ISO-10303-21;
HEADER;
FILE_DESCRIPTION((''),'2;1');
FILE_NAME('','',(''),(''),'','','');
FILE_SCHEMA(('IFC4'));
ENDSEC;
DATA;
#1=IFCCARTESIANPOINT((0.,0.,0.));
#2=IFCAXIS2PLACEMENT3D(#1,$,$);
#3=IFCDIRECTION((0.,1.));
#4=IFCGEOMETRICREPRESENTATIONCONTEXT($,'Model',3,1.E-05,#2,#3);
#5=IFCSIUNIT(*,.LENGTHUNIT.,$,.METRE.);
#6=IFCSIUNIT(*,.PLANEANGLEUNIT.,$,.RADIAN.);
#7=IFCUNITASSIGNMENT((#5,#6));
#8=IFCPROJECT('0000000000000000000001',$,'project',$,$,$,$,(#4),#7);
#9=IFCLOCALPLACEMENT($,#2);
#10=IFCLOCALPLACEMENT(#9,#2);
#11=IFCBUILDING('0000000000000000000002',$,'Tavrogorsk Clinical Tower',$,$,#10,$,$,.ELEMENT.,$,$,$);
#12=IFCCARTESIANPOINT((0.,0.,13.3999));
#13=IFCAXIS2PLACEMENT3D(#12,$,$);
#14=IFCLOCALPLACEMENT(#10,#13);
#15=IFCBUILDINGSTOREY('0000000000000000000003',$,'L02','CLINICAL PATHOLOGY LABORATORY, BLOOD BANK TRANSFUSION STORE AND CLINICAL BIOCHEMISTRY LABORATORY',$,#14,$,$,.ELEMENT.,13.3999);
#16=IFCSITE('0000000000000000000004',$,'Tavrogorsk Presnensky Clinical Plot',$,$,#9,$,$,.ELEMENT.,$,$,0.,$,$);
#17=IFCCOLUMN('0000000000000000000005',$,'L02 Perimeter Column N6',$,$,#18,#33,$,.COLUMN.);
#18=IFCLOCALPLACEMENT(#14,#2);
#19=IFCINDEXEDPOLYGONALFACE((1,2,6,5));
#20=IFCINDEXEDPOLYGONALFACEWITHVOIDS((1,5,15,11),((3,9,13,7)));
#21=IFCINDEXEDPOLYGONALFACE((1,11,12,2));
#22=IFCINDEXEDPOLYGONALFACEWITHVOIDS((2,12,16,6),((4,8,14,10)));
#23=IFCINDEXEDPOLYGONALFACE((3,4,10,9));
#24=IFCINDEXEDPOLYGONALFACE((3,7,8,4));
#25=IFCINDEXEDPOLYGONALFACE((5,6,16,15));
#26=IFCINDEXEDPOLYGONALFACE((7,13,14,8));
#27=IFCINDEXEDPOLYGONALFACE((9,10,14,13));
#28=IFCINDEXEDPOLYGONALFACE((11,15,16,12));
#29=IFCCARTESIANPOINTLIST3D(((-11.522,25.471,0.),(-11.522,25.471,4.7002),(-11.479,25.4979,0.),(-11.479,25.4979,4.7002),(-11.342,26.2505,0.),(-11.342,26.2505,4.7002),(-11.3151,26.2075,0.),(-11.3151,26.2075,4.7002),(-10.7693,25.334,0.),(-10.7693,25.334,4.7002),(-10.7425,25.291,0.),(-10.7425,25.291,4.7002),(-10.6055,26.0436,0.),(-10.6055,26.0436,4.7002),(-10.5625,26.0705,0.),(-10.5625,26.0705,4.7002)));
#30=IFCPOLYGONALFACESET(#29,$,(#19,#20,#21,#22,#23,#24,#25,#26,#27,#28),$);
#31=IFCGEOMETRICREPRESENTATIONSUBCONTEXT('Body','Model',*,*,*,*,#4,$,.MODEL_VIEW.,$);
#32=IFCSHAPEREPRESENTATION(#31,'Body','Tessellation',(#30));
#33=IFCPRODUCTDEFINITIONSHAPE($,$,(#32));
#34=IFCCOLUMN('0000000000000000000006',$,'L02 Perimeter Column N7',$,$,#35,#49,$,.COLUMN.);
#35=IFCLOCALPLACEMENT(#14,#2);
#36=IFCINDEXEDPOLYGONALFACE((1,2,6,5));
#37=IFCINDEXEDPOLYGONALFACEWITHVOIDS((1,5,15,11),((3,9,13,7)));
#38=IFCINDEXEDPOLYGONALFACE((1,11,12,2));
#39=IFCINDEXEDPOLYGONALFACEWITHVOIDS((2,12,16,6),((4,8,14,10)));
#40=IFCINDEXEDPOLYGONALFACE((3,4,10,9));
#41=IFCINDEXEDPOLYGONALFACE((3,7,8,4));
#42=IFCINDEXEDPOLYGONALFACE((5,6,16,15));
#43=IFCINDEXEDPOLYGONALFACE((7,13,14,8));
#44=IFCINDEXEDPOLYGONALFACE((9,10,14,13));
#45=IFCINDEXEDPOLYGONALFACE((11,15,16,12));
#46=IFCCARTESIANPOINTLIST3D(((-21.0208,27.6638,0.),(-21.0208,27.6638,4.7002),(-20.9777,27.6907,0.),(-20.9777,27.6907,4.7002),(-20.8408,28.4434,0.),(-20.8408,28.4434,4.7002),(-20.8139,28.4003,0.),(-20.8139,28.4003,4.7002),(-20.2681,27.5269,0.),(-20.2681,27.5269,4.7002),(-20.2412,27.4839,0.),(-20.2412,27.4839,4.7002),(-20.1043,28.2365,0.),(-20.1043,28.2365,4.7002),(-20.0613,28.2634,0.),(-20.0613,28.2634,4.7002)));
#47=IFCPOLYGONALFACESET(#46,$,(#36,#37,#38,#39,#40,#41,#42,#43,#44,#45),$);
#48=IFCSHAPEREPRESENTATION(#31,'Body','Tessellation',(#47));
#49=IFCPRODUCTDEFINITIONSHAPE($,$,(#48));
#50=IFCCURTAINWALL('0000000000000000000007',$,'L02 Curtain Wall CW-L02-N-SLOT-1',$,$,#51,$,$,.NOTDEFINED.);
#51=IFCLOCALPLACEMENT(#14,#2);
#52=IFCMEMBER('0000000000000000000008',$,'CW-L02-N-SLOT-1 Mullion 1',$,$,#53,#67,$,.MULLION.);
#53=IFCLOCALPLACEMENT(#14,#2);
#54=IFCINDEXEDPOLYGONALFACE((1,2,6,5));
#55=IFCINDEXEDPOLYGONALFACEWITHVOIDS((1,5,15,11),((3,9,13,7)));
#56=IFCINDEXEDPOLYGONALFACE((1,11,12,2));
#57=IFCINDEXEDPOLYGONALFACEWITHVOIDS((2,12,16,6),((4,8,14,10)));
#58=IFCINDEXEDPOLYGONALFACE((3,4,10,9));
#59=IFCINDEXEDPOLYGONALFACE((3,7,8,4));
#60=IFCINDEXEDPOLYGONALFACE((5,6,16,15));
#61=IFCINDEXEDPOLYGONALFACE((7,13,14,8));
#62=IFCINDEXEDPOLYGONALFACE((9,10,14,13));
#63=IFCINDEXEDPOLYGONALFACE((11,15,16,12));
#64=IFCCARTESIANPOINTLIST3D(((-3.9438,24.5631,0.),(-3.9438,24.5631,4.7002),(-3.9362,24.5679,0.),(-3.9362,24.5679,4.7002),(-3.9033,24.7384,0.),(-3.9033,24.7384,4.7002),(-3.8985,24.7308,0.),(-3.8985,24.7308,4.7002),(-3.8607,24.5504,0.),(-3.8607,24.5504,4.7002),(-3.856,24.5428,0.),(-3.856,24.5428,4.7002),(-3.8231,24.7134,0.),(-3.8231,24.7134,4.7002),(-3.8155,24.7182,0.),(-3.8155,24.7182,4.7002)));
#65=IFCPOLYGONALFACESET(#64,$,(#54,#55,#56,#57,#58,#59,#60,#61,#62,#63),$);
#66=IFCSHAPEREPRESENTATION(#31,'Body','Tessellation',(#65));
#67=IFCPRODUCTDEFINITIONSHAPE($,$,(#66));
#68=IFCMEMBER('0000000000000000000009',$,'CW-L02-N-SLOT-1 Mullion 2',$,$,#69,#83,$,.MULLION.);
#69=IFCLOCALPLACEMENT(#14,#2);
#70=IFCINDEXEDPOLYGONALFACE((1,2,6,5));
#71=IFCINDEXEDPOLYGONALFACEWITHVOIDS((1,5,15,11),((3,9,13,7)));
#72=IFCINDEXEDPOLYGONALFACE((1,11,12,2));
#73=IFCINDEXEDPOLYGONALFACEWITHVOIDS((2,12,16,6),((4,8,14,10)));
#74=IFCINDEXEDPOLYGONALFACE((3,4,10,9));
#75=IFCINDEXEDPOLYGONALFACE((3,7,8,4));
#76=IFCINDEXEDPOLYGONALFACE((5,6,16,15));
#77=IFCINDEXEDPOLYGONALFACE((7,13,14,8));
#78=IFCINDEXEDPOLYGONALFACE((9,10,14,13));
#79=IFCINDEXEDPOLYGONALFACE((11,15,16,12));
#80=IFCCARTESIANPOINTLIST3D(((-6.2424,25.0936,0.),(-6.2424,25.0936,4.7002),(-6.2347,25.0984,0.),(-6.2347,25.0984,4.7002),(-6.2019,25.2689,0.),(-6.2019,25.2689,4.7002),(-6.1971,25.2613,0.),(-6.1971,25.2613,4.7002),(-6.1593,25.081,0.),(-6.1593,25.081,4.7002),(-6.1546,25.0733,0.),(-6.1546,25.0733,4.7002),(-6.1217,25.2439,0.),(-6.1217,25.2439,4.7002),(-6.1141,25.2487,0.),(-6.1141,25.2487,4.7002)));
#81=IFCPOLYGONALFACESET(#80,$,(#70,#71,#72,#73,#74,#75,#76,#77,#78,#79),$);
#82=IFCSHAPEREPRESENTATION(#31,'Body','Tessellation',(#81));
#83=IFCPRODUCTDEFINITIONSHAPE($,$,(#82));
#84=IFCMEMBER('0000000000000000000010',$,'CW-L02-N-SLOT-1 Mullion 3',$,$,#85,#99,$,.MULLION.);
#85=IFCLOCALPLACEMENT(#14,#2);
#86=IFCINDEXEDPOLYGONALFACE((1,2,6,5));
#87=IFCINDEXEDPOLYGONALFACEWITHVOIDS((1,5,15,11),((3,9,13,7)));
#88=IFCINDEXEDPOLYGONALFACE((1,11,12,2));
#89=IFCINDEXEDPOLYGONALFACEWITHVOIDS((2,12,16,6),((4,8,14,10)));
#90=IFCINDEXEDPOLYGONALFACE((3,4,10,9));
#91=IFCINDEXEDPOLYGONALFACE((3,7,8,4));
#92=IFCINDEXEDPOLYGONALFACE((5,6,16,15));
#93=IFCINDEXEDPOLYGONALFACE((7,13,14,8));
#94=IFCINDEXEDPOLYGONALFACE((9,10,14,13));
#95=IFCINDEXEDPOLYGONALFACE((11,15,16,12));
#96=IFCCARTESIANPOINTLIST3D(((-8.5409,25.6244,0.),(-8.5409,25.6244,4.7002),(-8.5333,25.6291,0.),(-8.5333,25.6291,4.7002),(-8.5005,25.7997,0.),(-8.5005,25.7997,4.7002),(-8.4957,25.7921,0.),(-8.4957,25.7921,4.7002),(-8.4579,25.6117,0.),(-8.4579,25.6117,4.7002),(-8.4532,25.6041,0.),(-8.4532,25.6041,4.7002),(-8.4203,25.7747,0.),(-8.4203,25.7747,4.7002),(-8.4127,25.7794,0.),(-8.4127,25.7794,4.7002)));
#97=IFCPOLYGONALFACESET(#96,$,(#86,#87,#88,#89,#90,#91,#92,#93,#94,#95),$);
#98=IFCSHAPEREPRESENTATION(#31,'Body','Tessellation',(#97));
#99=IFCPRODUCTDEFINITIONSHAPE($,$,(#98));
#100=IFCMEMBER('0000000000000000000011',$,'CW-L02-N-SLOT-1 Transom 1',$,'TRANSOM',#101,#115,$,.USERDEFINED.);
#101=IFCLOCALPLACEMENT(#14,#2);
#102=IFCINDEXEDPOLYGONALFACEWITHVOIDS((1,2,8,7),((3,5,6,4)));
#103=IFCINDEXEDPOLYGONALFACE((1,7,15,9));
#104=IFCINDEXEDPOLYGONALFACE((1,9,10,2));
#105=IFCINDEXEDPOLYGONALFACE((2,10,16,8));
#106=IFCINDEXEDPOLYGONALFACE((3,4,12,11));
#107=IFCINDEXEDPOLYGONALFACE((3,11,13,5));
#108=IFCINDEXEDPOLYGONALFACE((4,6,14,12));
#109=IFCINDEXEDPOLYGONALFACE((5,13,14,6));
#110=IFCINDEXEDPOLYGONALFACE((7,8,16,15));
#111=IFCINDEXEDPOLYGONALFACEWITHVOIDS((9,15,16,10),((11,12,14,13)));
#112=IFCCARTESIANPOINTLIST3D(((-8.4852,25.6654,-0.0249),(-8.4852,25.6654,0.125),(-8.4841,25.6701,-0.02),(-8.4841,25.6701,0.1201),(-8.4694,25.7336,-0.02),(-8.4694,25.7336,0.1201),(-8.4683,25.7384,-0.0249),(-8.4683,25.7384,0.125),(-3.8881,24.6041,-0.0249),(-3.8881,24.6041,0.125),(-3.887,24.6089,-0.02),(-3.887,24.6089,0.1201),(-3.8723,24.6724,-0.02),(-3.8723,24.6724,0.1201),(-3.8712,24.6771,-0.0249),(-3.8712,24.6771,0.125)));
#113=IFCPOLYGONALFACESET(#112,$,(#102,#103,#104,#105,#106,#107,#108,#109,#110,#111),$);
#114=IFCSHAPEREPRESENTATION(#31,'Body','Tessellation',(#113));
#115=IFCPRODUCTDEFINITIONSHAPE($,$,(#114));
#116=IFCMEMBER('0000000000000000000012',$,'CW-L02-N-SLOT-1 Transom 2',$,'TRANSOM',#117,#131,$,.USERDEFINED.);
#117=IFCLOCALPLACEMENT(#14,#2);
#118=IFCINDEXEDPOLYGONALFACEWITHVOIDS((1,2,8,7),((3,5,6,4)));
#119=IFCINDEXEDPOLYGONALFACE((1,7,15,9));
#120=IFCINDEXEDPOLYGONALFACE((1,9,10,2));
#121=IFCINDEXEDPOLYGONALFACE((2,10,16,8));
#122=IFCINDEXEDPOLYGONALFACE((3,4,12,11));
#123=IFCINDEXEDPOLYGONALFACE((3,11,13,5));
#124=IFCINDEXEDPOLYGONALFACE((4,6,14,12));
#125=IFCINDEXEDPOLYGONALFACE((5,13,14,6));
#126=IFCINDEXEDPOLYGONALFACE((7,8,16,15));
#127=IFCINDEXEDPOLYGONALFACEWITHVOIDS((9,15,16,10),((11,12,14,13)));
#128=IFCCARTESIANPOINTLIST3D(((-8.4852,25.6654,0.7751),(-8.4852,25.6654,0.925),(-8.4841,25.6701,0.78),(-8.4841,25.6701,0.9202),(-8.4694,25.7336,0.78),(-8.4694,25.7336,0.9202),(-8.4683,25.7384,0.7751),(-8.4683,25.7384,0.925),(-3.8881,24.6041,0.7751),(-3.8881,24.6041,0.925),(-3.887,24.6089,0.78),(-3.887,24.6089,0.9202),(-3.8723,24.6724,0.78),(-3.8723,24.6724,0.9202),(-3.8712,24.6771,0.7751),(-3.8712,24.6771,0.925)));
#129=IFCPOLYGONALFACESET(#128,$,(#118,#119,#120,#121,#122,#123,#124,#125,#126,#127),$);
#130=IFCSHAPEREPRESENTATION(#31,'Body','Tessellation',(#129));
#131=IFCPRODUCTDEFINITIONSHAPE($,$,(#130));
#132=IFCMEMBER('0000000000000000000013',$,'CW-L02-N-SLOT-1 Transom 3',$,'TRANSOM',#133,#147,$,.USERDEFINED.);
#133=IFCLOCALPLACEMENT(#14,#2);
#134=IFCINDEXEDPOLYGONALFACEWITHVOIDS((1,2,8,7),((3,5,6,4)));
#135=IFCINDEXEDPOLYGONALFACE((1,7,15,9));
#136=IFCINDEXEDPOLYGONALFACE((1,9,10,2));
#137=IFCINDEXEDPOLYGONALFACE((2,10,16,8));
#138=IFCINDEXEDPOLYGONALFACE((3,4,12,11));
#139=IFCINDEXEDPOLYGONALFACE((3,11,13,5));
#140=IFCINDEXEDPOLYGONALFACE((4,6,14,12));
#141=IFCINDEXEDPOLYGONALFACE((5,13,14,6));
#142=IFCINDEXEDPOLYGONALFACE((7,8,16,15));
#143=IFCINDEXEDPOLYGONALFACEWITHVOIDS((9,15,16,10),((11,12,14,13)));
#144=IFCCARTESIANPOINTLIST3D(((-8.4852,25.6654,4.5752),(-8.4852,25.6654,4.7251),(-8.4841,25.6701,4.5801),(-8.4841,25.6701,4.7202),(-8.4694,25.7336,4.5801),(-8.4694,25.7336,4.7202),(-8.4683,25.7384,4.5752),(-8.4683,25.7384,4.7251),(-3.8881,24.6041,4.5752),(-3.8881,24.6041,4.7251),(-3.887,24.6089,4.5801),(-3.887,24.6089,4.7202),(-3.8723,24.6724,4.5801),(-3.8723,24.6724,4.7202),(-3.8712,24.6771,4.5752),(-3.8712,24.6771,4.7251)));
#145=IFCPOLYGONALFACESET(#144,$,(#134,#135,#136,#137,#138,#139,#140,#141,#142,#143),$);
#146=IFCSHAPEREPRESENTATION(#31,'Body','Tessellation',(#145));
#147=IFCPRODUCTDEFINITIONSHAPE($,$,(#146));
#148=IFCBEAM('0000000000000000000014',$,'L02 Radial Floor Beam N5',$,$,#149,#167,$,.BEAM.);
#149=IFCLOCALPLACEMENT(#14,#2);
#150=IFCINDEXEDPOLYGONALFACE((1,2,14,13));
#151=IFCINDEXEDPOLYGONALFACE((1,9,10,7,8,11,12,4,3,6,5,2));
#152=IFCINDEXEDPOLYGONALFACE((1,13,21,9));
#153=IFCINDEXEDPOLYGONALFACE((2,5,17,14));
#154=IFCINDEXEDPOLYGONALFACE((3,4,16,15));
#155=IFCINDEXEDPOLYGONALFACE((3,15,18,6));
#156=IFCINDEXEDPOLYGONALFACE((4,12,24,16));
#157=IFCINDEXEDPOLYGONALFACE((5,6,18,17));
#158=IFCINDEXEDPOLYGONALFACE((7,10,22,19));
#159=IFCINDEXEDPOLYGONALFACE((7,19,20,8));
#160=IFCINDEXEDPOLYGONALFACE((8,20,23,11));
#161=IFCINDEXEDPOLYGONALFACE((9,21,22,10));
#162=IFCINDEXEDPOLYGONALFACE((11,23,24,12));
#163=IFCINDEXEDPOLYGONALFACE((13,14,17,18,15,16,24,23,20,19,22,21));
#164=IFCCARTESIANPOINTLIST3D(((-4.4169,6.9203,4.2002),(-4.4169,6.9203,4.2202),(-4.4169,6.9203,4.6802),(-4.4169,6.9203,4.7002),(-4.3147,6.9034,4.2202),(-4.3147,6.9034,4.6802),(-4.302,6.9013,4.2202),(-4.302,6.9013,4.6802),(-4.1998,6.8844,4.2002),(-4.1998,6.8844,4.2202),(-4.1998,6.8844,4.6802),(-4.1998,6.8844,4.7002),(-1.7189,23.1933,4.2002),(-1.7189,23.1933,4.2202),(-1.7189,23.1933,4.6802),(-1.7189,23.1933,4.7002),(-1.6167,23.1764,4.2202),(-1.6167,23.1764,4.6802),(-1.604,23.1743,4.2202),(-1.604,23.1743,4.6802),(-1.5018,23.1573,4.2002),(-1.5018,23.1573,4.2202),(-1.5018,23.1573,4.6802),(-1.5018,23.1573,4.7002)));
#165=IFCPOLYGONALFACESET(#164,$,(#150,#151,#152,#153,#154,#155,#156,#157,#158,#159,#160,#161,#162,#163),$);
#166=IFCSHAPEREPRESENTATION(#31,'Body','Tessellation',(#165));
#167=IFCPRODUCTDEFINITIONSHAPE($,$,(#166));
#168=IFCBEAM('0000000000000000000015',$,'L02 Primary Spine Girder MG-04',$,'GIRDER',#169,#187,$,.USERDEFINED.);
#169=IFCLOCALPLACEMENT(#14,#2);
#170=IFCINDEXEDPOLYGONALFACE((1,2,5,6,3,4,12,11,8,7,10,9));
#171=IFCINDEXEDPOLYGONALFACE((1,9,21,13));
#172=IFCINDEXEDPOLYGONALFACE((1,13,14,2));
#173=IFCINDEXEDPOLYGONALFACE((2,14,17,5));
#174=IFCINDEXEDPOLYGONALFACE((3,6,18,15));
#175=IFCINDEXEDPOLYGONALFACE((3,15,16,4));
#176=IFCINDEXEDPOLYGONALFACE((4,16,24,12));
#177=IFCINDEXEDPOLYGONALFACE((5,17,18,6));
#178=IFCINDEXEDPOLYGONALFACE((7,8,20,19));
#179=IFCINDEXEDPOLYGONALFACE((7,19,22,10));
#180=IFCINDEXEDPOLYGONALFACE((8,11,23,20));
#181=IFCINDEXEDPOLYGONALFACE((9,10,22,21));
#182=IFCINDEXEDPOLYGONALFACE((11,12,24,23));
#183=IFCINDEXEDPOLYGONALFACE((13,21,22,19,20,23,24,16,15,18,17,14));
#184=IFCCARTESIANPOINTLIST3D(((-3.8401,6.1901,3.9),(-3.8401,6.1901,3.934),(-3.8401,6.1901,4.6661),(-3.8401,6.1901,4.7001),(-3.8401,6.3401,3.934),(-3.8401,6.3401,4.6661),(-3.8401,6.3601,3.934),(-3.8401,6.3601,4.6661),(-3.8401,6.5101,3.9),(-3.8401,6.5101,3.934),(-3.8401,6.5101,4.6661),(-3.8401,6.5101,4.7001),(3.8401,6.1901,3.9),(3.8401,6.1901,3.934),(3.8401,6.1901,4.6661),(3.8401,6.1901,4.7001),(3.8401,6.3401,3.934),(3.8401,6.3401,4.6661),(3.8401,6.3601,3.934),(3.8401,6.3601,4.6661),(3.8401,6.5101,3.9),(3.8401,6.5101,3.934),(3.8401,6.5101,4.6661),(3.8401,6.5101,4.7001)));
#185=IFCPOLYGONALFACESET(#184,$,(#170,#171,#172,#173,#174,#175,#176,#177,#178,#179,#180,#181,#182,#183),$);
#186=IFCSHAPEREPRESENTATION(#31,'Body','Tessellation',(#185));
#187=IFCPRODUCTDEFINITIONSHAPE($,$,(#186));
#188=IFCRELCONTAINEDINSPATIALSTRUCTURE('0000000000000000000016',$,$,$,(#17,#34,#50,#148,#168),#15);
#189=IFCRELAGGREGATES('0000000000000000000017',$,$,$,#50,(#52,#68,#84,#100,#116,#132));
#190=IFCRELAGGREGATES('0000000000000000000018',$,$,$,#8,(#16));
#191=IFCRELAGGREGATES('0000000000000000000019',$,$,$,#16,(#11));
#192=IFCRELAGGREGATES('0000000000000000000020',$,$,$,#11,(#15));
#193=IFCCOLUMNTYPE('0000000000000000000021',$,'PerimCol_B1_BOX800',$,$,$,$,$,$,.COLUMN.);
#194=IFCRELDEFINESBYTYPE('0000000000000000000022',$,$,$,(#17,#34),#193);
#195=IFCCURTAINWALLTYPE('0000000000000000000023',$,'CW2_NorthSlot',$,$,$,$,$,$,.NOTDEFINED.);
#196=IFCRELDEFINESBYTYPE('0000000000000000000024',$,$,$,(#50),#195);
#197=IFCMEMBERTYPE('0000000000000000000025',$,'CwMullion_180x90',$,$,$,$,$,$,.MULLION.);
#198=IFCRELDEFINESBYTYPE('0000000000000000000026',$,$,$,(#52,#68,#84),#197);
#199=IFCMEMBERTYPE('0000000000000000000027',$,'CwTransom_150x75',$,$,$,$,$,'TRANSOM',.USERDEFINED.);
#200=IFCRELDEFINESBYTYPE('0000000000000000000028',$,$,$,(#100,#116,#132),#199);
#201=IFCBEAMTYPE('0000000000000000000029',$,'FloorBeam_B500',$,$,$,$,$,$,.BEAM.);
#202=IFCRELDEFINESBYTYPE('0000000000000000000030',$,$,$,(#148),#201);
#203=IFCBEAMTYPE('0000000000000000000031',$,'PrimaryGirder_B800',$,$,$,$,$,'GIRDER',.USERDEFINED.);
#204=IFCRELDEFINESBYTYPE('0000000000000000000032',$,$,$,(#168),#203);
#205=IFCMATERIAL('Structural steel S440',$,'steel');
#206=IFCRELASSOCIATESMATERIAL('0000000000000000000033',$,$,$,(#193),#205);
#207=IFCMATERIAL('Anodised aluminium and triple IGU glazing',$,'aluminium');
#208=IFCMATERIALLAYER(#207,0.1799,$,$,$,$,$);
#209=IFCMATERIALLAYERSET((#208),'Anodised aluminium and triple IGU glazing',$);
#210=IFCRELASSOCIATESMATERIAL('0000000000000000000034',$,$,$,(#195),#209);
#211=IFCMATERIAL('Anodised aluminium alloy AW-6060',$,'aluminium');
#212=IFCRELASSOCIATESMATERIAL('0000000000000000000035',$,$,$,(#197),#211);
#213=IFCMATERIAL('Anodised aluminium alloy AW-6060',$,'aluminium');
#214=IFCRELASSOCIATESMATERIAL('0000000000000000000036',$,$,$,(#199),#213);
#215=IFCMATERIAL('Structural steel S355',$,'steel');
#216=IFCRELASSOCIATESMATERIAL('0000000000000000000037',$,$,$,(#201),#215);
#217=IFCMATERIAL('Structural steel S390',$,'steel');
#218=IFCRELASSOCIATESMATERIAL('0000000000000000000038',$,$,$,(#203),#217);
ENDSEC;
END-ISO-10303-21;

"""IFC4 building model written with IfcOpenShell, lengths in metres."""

from ifc_helpers import new_model, si_unit, direction, frame, origin, origin_2d, place, context, subcontext, project, spatial, hollow_rectangle, i_section, extrude, material, layer, layer_set, material_profile, profile_set, type_object, element, aggregate, save


model = new_model("IFC4")

# Units and contexts
model_context = context("Model", 3, precision=1e-05, world=origin(), true_north=direction((0.0, 1.0)))
body_context = subcontext(model_context, "Body", "Model", "MODEL_VIEW")
ifc_project = project(units=[si_unit("LENGTHUNIT", "METRE"), si_unit("PLANEANGLEUNIT", "RADIAN")], contexts=[model_context])

# Site, building, storey
site_placement = place(None, origin())
site = spatial("IfcSite", under=ifc_project, at=site_placement, Name="Tavrogorsk Presnensky Clinical Plot", CompositionType="ELEMENT", RefElevation=0.0)
building_placement = place(site_placement, origin())
building = spatial("IfcBuilding", under=site, at=building_placement, Name="Tavrogorsk Clinical Tower", CompositionType="ELEMENT")
storey_placement = place(building_placement, frame((0.0, 0.0, 13.3999)))
storey = spatial("IfcBuildingStorey", under=building, at=storey_placement, Name="L02", Description="CLINICAL PATHOLOGY LABORATORY, BLOOD BANK TRANSFUSION STORE AND CLINICAL BIOCHEMISTRY LABORATORY", CompositionType="ELEMENT", Elevation=13.3999)

# Columns
ifc_material_1 = material(Name="Structural steel S440", Category="steel")
ifc_material_profile_1 = material_profile(ifc_material_1, hollow_rectangle(XDim=0.8, YDim=0.8, WallThickness=0.0359, at=origin_2d()), Name="BOX-800x800x36")
ifc_profile_set_1 = profile_set([ifc_material_profile_1], Name="Structural steel S440")
column_type = type_object("IfcColumnType", Name="PerimCol_B1_BOX800", PredefinedType="COLUMN", material=ifc_profile_set_1)
for number, where, z_axis, x_axis, name in (
    (1, (-11.0422, 25.7708, 0.0), (0.0, 0.0, 1.0), (0.97437, -0.224951, 0.0), "L02 Perimeter Column N6"),
    (2, (-20.541, 27.9636, 0.0), (0.0, 0.0, 1.0), (0.97437, -0.224951, 0.0), "L02 Perimeter Column N7"),
):
    element("IfcColumn", number, at=place(storey_placement, frame(where, z_axis=z_axis, x_axis=x_axis)), inside=storey, type_object=column_type, Name=name, PredefinedType="COLUMN", context=body_context, shape_type="SweptSolid", body=[
        extrude(hollow_rectangle(XDim=0.8, YDim=0.8, WallThickness=0.0359, at=origin_2d()), origin(), (0.0, 0.0, 1.0), 4.7002),
    ])

# Curtain wall, members
ifc_material_2 = material(Name="Anodised aluminium and triple IGU glazing", Category="aluminium")
ifc_layer_1 = layer(ifc_material_2, 0.1799)
ifc_layer_set_1 = layer_set([ifc_layer_1], Name="Anodised aluminium and triple IGU glazing")
curtain_wall_type = type_object("IfcCurtainWallType", Name="CW2_NorthSlot", PredefinedType="NOTDEFINED", material=ifc_layer_set_1)
curtain_wall_placement = place(storey_placement, origin())
curtain_wall = element("IfcCurtainWall", 3, at=curtain_wall_placement, inside=storey, type_object=curtain_wall_type, Name="L02 Curtain Wall CW-L02-N-SLOT-1", PredefinedType="NOTDEFINED")
ifc_material_3 = material(Name="Anodised aluminium alloy AW-6060", Category="aluminium")
ifc_material_profile_2 = material_profile(ifc_material_3, hollow_rectangle(XDim=0.0901, YDim=0.1799, WallThickness=0.0063, at=origin_2d()), Name="RHS-180x90x6.3")
ifc_profile_set_2 = profile_set([ifc_material_profile_2], Name="Anodised aluminium alloy AW-6060")
member_type_1 = type_object("IfcMemberType", Name="CwMullion_180x90", PredefinedType="MULLION", material=ifc_profile_set_2)
member_1_placement = place(storey_placement, frame((-3.8796, 24.6406, 0.0), z_axis=(0.0, 0.0, 1.0), x_axis=(-0.97437, 0.224951, 0.0)))
member_1 = element("IfcMember", 4, at=member_1_placement, type_object=member_type_1, Name="CW-L02-N-SLOT-1 Mullion 1", PredefinedType="MULLION", context=body_context, shape_type="SweptSolid", body=[
    extrude(hollow_rectangle(XDim=0.0901, YDim=0.1799, WallThickness=0.0063, at=origin_2d()), origin(), (0.0, 0.0, 1.0), 4.7002),
])
member_2_placement = place(storey_placement, frame((-6.1782, 25.1711, 0.0), z_axis=(0.0, 0.0, 1.0), x_axis=(-0.97437, 0.224951, 0.0)))
member_2 = element("IfcMember", 5, at=member_2_placement, type_object=member_type_1, Name="CW-L02-N-SLOT-1 Mullion 2", PredefinedType="MULLION", context=body_context, shape_type="SweptSolid", body=[
    extrude(hollow_rectangle(XDim=0.0901, YDim=0.1799, WallThickness=0.0063, at=origin_2d()), origin(), (0.0, 0.0, 1.0), 4.7002),
])
member_3_placement = place(storey_placement, frame((-8.4768, 25.7019, 0.0), z_axis=(0.0, 0.0, 1.0), x_axis=(-0.97437, 0.224951, 0.0)))
member_3 = element("IfcMember", 6, at=member_3_placement, type_object=member_type_1, Name="CW-L02-N-SLOT-1 Mullion 3", PredefinedType="MULLION", context=body_context, shape_type="SweptSolid", body=[
    extrude(hollow_rectangle(XDim=0.0901, YDim=0.1799, WallThickness=0.0063, at=origin_2d()), origin(), (0.0, 0.0, 1.0), 4.7002),
])
ifc_material_4 = material(Name="Anodised aluminium alloy AW-6060", Category="aluminium")
ifc_material_profile_3 = material_profile(ifc_material_4, hollow_rectangle(XDim=0.075, YDim=0.1499, WallThickness=0.0049, at=origin_2d()), Name="RHS-150x75x5")
ifc_profile_set_3 = profile_set([ifc_material_profile_3], Name="Anodised aluminium alloy AW-6060")
member_type_2 = type_object("IfcMemberType", Name="CwTransom_150x75", ElementType="TRANSOM", PredefinedType="USERDEFINED", material=ifc_profile_set_3)
member_4_placement = place(storey_placement, frame((-3.8796, 24.6406, 0.05), z_axis=(-0.974373, 0.224939, 0.0), x_axis=(-0.224939, -0.974373, 0.0)))
member_4 = element("IfcMember", 7, at=member_4_placement, type_object=member_type_2, Name="CW-L02-N-SLOT-1 Transom 1", ObjectType="TRANSOM", PredefinedType="USERDEFINED", context=body_context, shape_type="SweptSolid", body=[
    extrude(hollow_rectangle(XDim=0.075, YDim=0.1499, WallThickness=0.0049, at=origin_2d()), origin(), (0.0, 0.0, 1.0), 4.718),
])
member_5_placement = place(storey_placement, frame((-3.8796, 24.6406, 0.8501), z_axis=(-0.974373, 0.224939, 0.0), x_axis=(-0.224939, -0.974373, 0.0)))
member_5 = element("IfcMember", 8, at=member_5_placement, type_object=member_type_2, Name="CW-L02-N-SLOT-1 Transom 2", ObjectType="TRANSOM", PredefinedType="USERDEFINED", context=body_context, shape_type="SweptSolid", body=[
    extrude(hollow_rectangle(XDim=0.075, YDim=0.1499, WallThickness=0.0049, at=origin_2d()), origin(), (0.0, 0.0, 1.0), 4.718),
])
member_6_placement = place(storey_placement, frame((-3.8796, 24.6406, 4.6501), z_axis=(-0.974373, 0.224939, 0.0), x_axis=(-0.224939, -0.974373, 0.0)))
member_6 = element("IfcMember", 9, at=member_6_placement, type_object=member_type_2, Name="CW-L02-N-SLOT-1 Transom 3", ObjectType="TRANSOM", PredefinedType="USERDEFINED", context=body_context, shape_type="SweptSolid", body=[
    extrude(hollow_rectangle(XDim=0.075, YDim=0.1499, WallThickness=0.0049, at=origin_2d()), origin(), (0.0, 0.0, 1.0), 4.718),
])

# Beams
ifc_material_5 = material(Name="Structural steel S355", Category="steel")
ifc_material_profile_4 = material_profile(ifc_material_5, i_section(OverallWidth=0.22, OverallDepth=0.5, WebThickness=0.0129, FlangeThickness=0.02, at=origin_2d()), Name="B-500x220x13x20")
ifc_profile_set_4 = profile_set([ifc_material_profile_4], Name="Structural steel S355")
beam_type_1 = type_object("IfcBeamType", Name="FloorBeam_B500", PredefinedType="BEAM", material=ifc_profile_set_4)
beam_1_placement = place(storey_placement, frame((-4.3083, 6.9023, 4.4502), z_axis=(0.163564, 0.986533, 0.0), x_axis=(-0.986533, 0.163564, 0.0)))
element("IfcBeam", 10, at=beam_1_placement, inside=storey, type_object=beam_type_1, Name="L02 Radial Floor Beam N5", PredefinedType="BEAM", context=body_context, shape_type="SweptSolid", body=[
    extrude(i_section(OverallWidth=0.22, OverallDepth=0.5, WebThickness=0.0129, FlangeThickness=0.02, at=origin_2d()), origin(), (0.0, 0.0, 1.0), 16.4951),
])
ifc_material_6 = material(Name="Structural steel S390", Category="steel")
ifc_material_profile_5 = material_profile(ifc_material_6, i_section(OverallWidth=0.3201, OverallDepth=0.8, WebThickness=0.02, FlangeThickness=0.0339, at=origin_2d()), Name="B-800x320x20x34")
ifc_profile_set_5 = profile_set([ifc_material_profile_5], Name="Structural steel S390")
beam_type_2 = type_object("IfcBeamType", Name="PrimaryGirder_B800", ElementType="GIRDER", PredefinedType="USERDEFINED", material=ifc_profile_set_5)
beam_2_placement = place(storey_placement, frame((-3.8401, 6.3501, 4.3), z_axis=(1.0, 0.0, 0.0), x_axis=(0.0, 1.0, 0.0)))
element("IfcBeam", 11, at=beam_2_placement, inside=storey, type_object=beam_type_2, Name="L02 Primary Spine Girder MG-04", ObjectType="GIRDER", PredefinedType="USERDEFINED", context=body_context, shape_type="SweptSolid", body=[
    extrude(i_section(OverallWidth=0.3201, OverallDepth=0.8, WebThickness=0.02, FlangeThickness=0.0339, at=origin_2d()), origin(), (0.0, 0.0, 1.0), 7.6802),
])

aggregate(curtain_wall, [member_1, member_2, member_3, member_4, member_5, member_6])

save(model, "model.ifc")
